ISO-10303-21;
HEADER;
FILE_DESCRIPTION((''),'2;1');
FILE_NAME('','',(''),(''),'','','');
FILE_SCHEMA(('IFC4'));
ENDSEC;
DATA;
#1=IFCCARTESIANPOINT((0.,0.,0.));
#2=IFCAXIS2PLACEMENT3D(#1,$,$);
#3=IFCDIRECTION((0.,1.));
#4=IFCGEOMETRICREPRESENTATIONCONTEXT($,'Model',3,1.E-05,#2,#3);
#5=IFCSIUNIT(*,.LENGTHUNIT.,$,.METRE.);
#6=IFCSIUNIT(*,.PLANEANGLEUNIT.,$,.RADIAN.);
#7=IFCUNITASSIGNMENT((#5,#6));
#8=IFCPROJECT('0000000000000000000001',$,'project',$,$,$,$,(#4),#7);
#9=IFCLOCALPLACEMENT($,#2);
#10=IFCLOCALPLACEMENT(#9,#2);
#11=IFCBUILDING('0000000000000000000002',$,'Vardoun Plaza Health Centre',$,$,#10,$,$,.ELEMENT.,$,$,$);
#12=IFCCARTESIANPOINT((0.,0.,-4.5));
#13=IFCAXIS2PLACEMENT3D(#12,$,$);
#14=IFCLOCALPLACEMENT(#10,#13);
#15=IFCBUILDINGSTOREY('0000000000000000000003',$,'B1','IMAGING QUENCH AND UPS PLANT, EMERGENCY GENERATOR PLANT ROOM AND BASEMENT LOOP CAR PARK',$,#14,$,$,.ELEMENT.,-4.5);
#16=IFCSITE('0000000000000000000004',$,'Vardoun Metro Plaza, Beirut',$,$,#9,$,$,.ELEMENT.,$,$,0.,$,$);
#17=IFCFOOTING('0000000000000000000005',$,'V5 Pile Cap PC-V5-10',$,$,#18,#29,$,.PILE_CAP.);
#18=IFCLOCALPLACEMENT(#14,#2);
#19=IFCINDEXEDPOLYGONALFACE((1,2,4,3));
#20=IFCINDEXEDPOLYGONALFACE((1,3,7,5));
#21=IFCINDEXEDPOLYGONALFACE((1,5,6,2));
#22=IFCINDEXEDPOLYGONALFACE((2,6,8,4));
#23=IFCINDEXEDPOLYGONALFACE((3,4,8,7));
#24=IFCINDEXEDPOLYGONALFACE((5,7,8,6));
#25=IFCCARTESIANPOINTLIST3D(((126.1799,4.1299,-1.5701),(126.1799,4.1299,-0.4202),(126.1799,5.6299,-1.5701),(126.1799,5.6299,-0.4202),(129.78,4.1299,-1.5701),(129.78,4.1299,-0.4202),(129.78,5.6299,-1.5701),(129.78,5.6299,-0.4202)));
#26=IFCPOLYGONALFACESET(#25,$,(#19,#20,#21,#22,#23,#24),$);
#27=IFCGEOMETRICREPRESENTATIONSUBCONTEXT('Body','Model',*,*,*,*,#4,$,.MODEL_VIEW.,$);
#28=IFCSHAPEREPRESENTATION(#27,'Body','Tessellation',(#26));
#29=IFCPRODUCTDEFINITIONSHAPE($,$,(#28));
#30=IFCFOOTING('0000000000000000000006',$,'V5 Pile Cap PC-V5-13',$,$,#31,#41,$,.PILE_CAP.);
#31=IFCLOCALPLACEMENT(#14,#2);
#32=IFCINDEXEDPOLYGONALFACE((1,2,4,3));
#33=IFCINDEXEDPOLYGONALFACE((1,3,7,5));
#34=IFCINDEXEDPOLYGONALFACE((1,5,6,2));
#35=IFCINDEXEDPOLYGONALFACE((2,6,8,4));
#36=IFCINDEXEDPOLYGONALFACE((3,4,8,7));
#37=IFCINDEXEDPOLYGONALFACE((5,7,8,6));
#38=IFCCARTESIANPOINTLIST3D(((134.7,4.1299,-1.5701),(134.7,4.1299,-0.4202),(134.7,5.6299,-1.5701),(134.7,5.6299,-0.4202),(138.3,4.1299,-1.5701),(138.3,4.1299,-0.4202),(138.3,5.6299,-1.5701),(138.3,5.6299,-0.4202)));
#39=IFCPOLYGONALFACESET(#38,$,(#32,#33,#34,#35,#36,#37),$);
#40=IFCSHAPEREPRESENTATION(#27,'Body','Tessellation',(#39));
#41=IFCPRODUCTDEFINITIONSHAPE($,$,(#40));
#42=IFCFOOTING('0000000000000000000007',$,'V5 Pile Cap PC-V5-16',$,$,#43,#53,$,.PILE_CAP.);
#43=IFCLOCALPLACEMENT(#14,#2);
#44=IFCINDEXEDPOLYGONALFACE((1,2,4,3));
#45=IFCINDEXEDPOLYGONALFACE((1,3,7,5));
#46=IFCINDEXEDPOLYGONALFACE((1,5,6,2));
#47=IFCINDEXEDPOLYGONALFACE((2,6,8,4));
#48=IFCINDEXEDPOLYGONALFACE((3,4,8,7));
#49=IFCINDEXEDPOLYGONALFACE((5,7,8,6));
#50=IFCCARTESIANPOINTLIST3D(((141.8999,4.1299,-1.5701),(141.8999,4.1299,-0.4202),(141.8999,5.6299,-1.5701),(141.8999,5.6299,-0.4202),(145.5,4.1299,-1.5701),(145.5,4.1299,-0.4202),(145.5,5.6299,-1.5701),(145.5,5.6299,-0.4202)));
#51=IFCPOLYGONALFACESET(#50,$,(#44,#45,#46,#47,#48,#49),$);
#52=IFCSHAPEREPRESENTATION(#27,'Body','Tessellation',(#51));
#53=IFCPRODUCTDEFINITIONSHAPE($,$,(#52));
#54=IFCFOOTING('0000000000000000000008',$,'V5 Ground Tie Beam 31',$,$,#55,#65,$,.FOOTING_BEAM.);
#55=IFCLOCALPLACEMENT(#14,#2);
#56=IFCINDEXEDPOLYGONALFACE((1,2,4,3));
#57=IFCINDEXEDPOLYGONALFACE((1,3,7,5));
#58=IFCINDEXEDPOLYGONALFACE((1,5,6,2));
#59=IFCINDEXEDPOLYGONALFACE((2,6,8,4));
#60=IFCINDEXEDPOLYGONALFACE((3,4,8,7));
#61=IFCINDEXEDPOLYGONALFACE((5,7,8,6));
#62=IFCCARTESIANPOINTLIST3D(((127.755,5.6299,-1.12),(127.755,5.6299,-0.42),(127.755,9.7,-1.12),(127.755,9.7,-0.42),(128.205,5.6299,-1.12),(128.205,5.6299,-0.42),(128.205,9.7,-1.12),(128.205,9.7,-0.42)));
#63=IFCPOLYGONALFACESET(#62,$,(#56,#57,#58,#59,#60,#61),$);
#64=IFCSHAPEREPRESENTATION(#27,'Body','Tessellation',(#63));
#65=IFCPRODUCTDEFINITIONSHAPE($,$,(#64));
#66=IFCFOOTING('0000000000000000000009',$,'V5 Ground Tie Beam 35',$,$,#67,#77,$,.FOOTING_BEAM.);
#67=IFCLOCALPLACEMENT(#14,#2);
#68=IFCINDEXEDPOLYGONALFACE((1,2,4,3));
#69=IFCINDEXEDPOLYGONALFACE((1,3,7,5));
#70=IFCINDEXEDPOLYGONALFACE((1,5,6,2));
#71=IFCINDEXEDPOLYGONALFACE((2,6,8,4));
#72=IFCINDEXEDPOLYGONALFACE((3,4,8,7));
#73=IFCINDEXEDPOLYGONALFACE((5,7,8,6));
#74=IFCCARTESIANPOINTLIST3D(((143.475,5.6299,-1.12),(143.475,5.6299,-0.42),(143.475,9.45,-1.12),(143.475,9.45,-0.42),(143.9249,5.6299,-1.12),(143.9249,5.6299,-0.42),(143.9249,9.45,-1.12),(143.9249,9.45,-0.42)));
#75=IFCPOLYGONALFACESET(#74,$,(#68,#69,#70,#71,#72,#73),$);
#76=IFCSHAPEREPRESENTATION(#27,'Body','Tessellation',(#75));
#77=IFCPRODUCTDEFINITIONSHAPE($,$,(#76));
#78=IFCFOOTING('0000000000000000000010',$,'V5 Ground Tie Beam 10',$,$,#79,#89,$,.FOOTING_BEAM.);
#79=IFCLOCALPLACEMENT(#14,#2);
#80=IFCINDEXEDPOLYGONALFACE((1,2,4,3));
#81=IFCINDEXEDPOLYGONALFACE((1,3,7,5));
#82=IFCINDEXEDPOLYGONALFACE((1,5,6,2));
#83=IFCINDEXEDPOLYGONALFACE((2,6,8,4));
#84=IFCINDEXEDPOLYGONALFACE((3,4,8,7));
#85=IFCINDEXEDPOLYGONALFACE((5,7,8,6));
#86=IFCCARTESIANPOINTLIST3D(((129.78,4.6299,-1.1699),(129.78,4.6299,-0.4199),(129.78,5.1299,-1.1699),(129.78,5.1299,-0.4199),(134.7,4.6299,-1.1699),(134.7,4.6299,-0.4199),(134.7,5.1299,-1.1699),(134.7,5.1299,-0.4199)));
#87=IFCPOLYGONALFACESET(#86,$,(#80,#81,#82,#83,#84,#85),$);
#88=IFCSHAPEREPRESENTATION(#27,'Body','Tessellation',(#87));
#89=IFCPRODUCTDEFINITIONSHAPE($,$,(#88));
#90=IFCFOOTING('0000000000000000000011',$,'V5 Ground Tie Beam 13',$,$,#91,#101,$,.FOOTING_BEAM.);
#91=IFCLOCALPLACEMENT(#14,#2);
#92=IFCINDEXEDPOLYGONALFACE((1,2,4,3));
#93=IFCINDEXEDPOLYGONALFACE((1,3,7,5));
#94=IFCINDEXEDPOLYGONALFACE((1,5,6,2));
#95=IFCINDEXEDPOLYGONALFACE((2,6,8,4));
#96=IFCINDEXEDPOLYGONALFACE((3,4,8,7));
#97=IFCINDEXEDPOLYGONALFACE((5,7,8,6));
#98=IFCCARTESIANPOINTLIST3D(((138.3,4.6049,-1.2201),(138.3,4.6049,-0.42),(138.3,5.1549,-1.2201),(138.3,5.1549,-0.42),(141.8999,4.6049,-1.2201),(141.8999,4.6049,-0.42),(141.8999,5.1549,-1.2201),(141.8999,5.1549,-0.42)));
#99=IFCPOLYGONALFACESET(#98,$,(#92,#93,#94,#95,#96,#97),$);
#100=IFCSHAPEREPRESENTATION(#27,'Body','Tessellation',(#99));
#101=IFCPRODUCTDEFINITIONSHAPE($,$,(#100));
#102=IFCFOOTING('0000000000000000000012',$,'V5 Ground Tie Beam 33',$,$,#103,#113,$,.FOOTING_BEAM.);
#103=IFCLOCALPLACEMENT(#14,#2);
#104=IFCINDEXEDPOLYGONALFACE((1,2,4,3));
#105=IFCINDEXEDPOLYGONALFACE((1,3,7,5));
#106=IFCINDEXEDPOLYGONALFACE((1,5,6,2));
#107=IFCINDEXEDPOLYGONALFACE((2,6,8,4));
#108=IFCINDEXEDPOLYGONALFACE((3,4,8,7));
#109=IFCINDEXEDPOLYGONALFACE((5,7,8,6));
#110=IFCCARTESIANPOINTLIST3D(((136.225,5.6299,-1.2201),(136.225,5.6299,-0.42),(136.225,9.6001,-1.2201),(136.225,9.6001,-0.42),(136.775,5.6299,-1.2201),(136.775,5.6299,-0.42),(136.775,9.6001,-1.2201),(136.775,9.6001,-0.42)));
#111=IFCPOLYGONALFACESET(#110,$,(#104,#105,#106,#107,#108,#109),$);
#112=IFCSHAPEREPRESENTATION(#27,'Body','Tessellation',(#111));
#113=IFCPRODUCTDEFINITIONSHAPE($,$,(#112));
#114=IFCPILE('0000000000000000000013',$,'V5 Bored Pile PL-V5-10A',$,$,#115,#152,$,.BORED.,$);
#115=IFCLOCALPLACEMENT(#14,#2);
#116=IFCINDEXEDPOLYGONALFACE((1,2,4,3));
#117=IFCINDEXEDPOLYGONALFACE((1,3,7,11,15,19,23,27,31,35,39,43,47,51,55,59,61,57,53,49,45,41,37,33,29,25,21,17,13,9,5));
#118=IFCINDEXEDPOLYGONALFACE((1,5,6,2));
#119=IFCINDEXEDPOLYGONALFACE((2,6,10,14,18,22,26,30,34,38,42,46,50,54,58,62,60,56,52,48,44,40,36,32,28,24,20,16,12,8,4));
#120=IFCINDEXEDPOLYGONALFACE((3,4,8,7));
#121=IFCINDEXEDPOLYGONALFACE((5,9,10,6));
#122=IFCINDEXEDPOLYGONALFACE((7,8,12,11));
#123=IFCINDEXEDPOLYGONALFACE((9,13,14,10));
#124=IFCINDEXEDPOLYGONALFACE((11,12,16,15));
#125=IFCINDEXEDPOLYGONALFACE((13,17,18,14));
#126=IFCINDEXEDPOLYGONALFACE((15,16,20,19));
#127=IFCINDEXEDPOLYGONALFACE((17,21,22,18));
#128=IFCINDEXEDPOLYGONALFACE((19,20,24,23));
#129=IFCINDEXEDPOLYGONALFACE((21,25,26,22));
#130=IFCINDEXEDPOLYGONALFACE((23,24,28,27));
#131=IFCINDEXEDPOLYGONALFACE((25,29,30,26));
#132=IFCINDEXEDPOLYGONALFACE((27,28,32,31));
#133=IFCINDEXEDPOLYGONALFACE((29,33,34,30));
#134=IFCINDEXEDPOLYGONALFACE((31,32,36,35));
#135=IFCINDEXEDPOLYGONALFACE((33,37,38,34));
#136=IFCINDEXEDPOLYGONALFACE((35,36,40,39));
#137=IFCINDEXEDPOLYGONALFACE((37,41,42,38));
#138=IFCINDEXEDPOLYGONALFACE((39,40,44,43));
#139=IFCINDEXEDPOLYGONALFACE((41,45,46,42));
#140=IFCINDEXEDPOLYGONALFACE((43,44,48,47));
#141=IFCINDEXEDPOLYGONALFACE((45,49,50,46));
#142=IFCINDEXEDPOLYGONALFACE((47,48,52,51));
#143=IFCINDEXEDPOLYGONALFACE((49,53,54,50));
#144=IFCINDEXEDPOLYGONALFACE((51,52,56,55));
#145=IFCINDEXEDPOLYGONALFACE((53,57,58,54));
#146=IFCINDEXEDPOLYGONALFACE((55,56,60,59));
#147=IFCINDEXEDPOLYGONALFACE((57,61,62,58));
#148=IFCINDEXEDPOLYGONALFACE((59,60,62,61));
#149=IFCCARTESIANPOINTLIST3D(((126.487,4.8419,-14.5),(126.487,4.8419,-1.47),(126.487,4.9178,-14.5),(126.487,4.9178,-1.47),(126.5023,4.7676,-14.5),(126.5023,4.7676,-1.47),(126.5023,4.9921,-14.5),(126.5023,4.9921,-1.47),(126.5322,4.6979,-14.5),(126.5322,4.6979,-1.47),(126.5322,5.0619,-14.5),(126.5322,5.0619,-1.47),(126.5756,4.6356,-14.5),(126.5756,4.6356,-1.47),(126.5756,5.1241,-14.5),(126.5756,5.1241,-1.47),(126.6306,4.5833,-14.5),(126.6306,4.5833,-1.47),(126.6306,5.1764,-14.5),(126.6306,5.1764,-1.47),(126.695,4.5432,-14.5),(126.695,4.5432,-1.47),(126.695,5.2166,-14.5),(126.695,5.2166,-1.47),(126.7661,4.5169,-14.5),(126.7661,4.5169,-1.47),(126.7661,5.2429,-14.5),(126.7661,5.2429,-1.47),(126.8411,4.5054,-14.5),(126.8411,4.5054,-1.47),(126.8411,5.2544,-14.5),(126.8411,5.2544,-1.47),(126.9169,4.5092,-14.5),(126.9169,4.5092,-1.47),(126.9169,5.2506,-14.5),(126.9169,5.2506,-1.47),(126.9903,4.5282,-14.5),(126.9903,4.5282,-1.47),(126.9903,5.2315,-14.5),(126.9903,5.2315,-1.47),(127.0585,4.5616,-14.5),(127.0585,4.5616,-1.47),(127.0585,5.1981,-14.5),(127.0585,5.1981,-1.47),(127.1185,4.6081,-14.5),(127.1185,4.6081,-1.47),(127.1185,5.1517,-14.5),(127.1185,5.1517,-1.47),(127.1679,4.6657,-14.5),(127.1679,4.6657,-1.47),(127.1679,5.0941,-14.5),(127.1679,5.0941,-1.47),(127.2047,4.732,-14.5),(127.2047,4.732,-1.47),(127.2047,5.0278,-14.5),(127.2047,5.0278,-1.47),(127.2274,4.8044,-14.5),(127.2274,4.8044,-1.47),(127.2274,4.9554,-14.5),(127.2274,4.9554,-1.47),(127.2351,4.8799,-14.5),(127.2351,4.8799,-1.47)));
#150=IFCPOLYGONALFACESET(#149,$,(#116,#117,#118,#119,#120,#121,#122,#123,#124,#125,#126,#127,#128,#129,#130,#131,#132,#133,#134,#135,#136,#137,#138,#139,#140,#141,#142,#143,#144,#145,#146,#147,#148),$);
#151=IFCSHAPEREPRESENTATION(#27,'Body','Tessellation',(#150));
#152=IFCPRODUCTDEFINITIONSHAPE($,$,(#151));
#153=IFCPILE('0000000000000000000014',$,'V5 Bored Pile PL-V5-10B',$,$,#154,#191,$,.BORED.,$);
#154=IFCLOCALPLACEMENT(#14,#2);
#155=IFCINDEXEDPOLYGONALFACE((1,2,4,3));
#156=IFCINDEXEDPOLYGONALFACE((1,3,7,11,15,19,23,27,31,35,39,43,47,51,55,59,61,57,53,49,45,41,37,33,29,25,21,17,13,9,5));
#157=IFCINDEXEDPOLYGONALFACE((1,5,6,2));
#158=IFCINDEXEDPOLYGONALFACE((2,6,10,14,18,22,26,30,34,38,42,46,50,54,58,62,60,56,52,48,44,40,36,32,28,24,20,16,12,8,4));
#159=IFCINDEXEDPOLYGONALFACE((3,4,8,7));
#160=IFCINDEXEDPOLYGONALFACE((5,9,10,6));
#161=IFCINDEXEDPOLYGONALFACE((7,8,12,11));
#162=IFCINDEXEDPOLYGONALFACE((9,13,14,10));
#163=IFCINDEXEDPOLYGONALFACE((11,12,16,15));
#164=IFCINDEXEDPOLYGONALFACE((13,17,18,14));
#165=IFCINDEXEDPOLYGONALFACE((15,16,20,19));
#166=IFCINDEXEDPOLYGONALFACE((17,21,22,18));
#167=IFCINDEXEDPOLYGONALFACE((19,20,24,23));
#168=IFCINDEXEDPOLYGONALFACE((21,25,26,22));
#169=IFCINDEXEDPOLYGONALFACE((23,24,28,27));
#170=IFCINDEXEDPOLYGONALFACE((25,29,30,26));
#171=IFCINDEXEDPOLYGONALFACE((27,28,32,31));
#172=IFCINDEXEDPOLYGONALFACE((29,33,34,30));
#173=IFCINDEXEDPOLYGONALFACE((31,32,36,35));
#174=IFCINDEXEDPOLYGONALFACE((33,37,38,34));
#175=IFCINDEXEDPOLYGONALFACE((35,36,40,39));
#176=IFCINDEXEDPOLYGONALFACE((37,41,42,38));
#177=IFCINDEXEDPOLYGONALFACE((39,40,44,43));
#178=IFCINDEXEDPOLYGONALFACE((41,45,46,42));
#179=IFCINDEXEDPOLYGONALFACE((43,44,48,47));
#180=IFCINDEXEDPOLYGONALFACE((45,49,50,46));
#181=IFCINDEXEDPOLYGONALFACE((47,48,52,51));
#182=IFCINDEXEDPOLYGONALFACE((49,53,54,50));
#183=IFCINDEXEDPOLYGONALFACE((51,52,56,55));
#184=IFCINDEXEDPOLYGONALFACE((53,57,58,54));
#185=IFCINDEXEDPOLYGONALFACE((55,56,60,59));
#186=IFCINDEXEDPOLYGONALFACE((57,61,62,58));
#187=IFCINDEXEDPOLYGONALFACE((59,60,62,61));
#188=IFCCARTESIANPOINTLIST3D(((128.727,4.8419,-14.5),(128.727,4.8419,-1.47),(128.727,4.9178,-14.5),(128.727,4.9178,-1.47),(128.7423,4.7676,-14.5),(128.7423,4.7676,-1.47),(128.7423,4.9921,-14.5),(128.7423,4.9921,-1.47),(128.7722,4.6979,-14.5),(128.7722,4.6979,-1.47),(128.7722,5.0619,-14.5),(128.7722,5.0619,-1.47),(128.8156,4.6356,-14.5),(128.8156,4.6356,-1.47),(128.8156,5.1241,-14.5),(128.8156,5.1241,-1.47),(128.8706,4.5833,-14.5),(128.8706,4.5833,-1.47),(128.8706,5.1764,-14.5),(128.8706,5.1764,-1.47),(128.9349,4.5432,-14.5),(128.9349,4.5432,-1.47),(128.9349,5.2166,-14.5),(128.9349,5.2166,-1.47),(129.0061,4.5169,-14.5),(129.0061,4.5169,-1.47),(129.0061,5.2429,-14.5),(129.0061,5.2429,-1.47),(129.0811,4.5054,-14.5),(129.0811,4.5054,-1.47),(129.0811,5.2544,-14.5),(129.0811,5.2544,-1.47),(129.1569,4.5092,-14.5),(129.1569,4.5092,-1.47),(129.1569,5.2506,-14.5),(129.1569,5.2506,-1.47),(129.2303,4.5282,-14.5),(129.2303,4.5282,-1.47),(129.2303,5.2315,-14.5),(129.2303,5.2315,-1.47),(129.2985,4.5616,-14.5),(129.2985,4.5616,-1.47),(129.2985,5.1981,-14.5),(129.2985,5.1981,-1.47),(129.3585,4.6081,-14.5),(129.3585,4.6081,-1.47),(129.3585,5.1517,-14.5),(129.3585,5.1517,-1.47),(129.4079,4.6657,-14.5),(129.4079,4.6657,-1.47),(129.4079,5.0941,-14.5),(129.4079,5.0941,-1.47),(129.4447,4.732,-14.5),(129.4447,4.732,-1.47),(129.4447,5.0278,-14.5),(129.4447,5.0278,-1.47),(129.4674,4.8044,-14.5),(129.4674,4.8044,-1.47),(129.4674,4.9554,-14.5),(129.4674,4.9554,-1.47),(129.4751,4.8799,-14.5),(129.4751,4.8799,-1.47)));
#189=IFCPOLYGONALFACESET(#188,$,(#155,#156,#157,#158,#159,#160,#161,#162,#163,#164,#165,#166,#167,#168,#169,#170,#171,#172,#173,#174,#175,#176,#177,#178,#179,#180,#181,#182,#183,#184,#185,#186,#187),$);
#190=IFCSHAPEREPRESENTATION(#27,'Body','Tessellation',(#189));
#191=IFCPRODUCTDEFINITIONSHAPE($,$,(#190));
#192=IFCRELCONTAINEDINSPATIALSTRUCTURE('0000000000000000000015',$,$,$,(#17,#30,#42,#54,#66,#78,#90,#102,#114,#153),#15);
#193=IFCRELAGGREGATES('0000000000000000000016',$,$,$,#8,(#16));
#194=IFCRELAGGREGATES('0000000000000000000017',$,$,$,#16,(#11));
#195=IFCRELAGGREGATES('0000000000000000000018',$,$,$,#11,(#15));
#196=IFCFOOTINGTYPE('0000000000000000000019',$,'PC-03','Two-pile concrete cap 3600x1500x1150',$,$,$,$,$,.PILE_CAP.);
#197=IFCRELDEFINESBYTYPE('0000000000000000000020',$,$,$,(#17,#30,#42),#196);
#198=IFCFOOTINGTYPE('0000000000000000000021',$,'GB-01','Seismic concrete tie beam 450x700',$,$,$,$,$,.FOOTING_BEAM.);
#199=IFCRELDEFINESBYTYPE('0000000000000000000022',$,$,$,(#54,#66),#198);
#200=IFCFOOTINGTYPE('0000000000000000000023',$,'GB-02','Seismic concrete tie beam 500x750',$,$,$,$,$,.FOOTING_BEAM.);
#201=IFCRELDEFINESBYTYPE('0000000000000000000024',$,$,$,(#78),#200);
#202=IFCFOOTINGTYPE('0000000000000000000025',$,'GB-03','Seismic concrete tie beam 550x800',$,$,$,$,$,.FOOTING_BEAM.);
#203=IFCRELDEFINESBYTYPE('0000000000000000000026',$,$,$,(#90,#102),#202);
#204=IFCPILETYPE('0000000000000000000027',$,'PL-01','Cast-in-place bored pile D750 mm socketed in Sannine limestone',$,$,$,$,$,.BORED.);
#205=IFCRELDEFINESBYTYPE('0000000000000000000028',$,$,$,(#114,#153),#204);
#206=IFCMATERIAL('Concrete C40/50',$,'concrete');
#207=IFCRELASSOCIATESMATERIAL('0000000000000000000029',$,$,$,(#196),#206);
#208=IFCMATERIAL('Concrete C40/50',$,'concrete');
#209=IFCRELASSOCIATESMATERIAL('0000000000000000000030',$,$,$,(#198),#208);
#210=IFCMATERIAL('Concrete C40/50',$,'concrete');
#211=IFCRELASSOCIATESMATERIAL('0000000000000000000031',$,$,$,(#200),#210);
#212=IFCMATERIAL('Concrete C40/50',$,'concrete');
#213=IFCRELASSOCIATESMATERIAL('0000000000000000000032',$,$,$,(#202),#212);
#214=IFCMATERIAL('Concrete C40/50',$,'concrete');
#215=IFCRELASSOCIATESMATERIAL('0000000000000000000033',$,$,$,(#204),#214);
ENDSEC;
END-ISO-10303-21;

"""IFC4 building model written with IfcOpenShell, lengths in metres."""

from ifc_helpers import new_model, si_unit, direction, frame, origin, origin_2d, place, context, subcontext, project, spatial, rectangle, circle, extrude, material, material_profile, profile_set, type_object, element, save


model = new_model("IFC4")

# Units and contexts
model_context = context("Model", 3, precision=1e-05, world=origin(), true_north=direction((0.0, 1.0)))
body_context = subcontext(model_context, "Body", "Model", "MODEL_VIEW")
ifc_project = project(units=[si_unit("LENGTHUNIT", "METRE"), si_unit("PLANEANGLEUNIT", "RADIAN")], contexts=[model_context])

# Site, building, storey
site_placement = place(None, origin())
site = spatial("IfcSite", under=ifc_project, at=site_placement, Name="Vardoun Metro Plaza, Beirut", CompositionType="ELEMENT", RefElevation=0.0)
building_placement = place(site_placement, origin())
building = spatial("IfcBuilding", under=site, at=building_placement, Name="Vardoun Plaza Health Centre", CompositionType="ELEMENT")
storey_placement = place(building_placement, frame((0.0, 0.0, -4.5)))
storey = spatial("IfcBuildingStorey", under=building, at=storey_placement, Name="B1", Description="IMAGING QUENCH AND UPS PLANT, EMERGENCY GENERATOR PLANT ROOM AND BASEMENT LOOP CAR PARK", CompositionType="ELEMENT", Elevation=-4.5)

# Footings
ifc_material_1 = material(Name="Concrete C40/50", Category="concrete")
footing_type_1 = type_object("IfcFootingType", Name="PC-03", Description="Two-pile concrete cap 3600x1500x1150", PredefinedType="PILE_CAP", material=ifc_material_1)
for number, where, z_axis, x_axis, name in (
    (1, (127.98, 4.8799, -1.5701), (0.0, 0.0, 1.0), (1.0, 0.0, 0.0), "V5 Pile Cap PC-V5-10"),
    (2, (136.5, 4.8799, -1.5701), (0.0, 0.0, 1.0), (1.0, 0.0, 0.0), "V5 Pile Cap PC-V5-13"),
    (3, (143.7, 4.8799, -1.5701), (0.0, 0.0, 1.0), (1.0, 0.0, 0.0), "V5 Pile Cap PC-V5-16"),
):
    element("IfcFooting", number, at=place(storey_placement, frame(where, z_axis=z_axis, x_axis=x_axis)), inside=storey, type_object=footing_type_1, Name=name, PredefinedType="PILE_CAP", context=body_context, shape_type="SweptSolid", body=[
        extrude(rectangle(XDim=3.6001, YDim=1.5, at=origin_2d()), origin(), (0.0, 0.0, 1.0), 1.1499),
    ])
ifc_material_2 = material(Name="Concrete C40/50", Category="concrete")
ifc_material_profile_1 = material_profile(ifc_material_2, rectangle(XDim=0.45, YDim=0.7, at=origin_2d()), Name="GB 450x700")
ifc_profile_set_1 = profile_set([ifc_material_profile_1], Name="Concrete C40/50")
footing_type_2 = type_object("IfcFootingType", Name="GB-01", Description="Seismic concrete tie beam 450x700", PredefinedType="FOOTING_BEAM", material=ifc_profile_set_1)
footing_1_placement = place(storey_placement, frame((127.98, 5.6299, -0.77), z_axis=(0.0, 1.0, 0.0), x_axis=(-1.0, 0.0, 0.0)))
element("IfcFooting", 4, at=footing_1_placement, inside=storey, type_object=footing_type_2, Name="V5 Ground Tie Beam 31", PredefinedType="FOOTING_BEAM", context=body_context, shape_type="SweptSolid", body=[
    extrude(rectangle(XDim=0.45, YDim=0.7, at=origin_2d()), origin(), (0.0, 0.0, 1.0), 4.0701),
])
footing_2_placement = place(storey_placement, frame((143.7, 5.6299, -0.77), z_axis=(0.0, 1.0, 0.0), x_axis=(-1.0, 0.0, 0.0)))
element("IfcFooting", 5, at=footing_2_placement, inside=storey, type_object=footing_type_2, Name="V5 Ground Tie Beam 35", PredefinedType="FOOTING_BEAM", context=body_context, shape_type="SweptSolid", body=[
    extrude(rectangle(XDim=0.45, YDim=0.7, at=origin_2d()), origin(), (0.0, 0.0, 1.0), 3.8201),
])
ifc_material_3 = material(Name="Concrete C40/50", Category="concrete")
ifc_material_profile_2 = material_profile(ifc_material_3, rectangle(XDim=0.5, YDim=0.75, at=origin_2d()), Name="GB 500x750")
ifc_profile_set_2 = profile_set([ifc_material_profile_2], Name="Concrete C40/50")
footing_type_3 = type_object("IfcFootingType", Name="GB-02", Description="Seismic concrete tie beam 500x750", PredefinedType="FOOTING_BEAM", material=ifc_profile_set_2)
footing_3_placement = place(storey_placement, frame((129.78, 4.8799, -0.7949), z_axis=(1.0, 0.0, 0.0), x_axis=(0.0, 1.0, 0.0)))
element("IfcFooting", 6, at=footing_3_placement, inside=storey, type_object=footing_type_3, Name="V5 Ground Tie Beam 10", PredefinedType="FOOTING_BEAM", context=body_context, shape_type="SweptSolid", body=[
    extrude(rectangle(XDim=0.5, YDim=0.75, at=origin_2d()), origin(), (0.0, 0.0, 1.0), 4.9199),
])
ifc_material_4 = material(Name="Concrete C40/50", Category="concrete")
ifc_material_profile_3 = material_profile(ifc_material_4, rectangle(XDim=0.55, YDim=0.8, at=origin_2d()), Name="GB 550x800")
ifc_profile_set_3 = profile_set([ifc_material_profile_3], Name="Concrete C40/50")
footing_type_4 = type_object("IfcFootingType", Name="GB-03", Description="Seismic concrete tie beam 550x800", PredefinedType="FOOTING_BEAM", material=ifc_profile_set_3)
footing_4_placement = place(storey_placement, frame((138.3, 4.8799, -0.8201), z_axis=(1.0, 0.0, 0.0), x_axis=(0.0, 1.0, 0.0)))
element("IfcFooting", 7, at=footing_4_placement, inside=storey, type_object=footing_type_4, Name="V5 Ground Tie Beam 13", PredefinedType="FOOTING_BEAM", context=body_context, shape_type="SweptSolid", body=[
    extrude(rectangle(XDim=0.55, YDim=0.8, at=origin_2d()), origin(), (0.0, 0.0, 1.0), 3.5999),
])
footing_5_placement = place(storey_placement, frame((136.5, 5.6299, -0.8201), z_axis=(0.0, 1.0, 0.0), x_axis=(-1.0, 0.0, 0.0)))
element("IfcFooting", 8, at=footing_5_placement, inside=storey, type_object=footing_type_4, Name="V5 Ground Tie Beam 33", PredefinedType="FOOTING_BEAM", context=body_context, shape_type="SweptSolid", body=[
    extrude(rectangle(XDim=0.55, YDim=0.8, at=origin_2d()), origin(), (0.0, 0.0, 1.0), 3.9702),
])

# Piles
ifc_material_5 = material(Name="Concrete C40/50", Category="concrete")
ifc_material_profile_4 = material_profile(ifc_material_5, circle(Radius=0.375, at=origin_2d()), Name="PILE D750")
ifc_profile_set_4 = profile_set([ifc_material_profile_4], Name="Concrete C40/50")
pile_type_1 = type_object("IfcPileType", Name="PL-01", Description="Cast-in-place bored pile D750 mm socketed in Sannine limestone", PredefinedType="BORED", material=ifc_profile_set_4)
for number, where, z_axis, x_axis, name in (
    (9, (126.8601, 4.8799, -1.47), (0.0, 0.0, -1.0), (1.0, 0.0, 0.0), "V5 Bored Pile PL-V5-10A"),
    (10, (129.1001, 4.8799, -1.47), (0.0, 0.0, -1.0), (1.0, 0.0, 0.0), "V5 Bored Pile PL-V5-10B"),
):
    element("IfcPile", number, at=place(storey_placement, frame(where, z_axis=z_axis, x_axis=x_axis)), inside=storey, type_object=pile_type_1, Name=name, PredefinedType="BORED", context=body_context, shape_type="SweptSolid", body=[
        extrude(circle(Radius=0.375, at=origin_2d()), origin(), (0.0, 0.0, 1.0), 13.03),
    ])

save(model, "model.ifc")
